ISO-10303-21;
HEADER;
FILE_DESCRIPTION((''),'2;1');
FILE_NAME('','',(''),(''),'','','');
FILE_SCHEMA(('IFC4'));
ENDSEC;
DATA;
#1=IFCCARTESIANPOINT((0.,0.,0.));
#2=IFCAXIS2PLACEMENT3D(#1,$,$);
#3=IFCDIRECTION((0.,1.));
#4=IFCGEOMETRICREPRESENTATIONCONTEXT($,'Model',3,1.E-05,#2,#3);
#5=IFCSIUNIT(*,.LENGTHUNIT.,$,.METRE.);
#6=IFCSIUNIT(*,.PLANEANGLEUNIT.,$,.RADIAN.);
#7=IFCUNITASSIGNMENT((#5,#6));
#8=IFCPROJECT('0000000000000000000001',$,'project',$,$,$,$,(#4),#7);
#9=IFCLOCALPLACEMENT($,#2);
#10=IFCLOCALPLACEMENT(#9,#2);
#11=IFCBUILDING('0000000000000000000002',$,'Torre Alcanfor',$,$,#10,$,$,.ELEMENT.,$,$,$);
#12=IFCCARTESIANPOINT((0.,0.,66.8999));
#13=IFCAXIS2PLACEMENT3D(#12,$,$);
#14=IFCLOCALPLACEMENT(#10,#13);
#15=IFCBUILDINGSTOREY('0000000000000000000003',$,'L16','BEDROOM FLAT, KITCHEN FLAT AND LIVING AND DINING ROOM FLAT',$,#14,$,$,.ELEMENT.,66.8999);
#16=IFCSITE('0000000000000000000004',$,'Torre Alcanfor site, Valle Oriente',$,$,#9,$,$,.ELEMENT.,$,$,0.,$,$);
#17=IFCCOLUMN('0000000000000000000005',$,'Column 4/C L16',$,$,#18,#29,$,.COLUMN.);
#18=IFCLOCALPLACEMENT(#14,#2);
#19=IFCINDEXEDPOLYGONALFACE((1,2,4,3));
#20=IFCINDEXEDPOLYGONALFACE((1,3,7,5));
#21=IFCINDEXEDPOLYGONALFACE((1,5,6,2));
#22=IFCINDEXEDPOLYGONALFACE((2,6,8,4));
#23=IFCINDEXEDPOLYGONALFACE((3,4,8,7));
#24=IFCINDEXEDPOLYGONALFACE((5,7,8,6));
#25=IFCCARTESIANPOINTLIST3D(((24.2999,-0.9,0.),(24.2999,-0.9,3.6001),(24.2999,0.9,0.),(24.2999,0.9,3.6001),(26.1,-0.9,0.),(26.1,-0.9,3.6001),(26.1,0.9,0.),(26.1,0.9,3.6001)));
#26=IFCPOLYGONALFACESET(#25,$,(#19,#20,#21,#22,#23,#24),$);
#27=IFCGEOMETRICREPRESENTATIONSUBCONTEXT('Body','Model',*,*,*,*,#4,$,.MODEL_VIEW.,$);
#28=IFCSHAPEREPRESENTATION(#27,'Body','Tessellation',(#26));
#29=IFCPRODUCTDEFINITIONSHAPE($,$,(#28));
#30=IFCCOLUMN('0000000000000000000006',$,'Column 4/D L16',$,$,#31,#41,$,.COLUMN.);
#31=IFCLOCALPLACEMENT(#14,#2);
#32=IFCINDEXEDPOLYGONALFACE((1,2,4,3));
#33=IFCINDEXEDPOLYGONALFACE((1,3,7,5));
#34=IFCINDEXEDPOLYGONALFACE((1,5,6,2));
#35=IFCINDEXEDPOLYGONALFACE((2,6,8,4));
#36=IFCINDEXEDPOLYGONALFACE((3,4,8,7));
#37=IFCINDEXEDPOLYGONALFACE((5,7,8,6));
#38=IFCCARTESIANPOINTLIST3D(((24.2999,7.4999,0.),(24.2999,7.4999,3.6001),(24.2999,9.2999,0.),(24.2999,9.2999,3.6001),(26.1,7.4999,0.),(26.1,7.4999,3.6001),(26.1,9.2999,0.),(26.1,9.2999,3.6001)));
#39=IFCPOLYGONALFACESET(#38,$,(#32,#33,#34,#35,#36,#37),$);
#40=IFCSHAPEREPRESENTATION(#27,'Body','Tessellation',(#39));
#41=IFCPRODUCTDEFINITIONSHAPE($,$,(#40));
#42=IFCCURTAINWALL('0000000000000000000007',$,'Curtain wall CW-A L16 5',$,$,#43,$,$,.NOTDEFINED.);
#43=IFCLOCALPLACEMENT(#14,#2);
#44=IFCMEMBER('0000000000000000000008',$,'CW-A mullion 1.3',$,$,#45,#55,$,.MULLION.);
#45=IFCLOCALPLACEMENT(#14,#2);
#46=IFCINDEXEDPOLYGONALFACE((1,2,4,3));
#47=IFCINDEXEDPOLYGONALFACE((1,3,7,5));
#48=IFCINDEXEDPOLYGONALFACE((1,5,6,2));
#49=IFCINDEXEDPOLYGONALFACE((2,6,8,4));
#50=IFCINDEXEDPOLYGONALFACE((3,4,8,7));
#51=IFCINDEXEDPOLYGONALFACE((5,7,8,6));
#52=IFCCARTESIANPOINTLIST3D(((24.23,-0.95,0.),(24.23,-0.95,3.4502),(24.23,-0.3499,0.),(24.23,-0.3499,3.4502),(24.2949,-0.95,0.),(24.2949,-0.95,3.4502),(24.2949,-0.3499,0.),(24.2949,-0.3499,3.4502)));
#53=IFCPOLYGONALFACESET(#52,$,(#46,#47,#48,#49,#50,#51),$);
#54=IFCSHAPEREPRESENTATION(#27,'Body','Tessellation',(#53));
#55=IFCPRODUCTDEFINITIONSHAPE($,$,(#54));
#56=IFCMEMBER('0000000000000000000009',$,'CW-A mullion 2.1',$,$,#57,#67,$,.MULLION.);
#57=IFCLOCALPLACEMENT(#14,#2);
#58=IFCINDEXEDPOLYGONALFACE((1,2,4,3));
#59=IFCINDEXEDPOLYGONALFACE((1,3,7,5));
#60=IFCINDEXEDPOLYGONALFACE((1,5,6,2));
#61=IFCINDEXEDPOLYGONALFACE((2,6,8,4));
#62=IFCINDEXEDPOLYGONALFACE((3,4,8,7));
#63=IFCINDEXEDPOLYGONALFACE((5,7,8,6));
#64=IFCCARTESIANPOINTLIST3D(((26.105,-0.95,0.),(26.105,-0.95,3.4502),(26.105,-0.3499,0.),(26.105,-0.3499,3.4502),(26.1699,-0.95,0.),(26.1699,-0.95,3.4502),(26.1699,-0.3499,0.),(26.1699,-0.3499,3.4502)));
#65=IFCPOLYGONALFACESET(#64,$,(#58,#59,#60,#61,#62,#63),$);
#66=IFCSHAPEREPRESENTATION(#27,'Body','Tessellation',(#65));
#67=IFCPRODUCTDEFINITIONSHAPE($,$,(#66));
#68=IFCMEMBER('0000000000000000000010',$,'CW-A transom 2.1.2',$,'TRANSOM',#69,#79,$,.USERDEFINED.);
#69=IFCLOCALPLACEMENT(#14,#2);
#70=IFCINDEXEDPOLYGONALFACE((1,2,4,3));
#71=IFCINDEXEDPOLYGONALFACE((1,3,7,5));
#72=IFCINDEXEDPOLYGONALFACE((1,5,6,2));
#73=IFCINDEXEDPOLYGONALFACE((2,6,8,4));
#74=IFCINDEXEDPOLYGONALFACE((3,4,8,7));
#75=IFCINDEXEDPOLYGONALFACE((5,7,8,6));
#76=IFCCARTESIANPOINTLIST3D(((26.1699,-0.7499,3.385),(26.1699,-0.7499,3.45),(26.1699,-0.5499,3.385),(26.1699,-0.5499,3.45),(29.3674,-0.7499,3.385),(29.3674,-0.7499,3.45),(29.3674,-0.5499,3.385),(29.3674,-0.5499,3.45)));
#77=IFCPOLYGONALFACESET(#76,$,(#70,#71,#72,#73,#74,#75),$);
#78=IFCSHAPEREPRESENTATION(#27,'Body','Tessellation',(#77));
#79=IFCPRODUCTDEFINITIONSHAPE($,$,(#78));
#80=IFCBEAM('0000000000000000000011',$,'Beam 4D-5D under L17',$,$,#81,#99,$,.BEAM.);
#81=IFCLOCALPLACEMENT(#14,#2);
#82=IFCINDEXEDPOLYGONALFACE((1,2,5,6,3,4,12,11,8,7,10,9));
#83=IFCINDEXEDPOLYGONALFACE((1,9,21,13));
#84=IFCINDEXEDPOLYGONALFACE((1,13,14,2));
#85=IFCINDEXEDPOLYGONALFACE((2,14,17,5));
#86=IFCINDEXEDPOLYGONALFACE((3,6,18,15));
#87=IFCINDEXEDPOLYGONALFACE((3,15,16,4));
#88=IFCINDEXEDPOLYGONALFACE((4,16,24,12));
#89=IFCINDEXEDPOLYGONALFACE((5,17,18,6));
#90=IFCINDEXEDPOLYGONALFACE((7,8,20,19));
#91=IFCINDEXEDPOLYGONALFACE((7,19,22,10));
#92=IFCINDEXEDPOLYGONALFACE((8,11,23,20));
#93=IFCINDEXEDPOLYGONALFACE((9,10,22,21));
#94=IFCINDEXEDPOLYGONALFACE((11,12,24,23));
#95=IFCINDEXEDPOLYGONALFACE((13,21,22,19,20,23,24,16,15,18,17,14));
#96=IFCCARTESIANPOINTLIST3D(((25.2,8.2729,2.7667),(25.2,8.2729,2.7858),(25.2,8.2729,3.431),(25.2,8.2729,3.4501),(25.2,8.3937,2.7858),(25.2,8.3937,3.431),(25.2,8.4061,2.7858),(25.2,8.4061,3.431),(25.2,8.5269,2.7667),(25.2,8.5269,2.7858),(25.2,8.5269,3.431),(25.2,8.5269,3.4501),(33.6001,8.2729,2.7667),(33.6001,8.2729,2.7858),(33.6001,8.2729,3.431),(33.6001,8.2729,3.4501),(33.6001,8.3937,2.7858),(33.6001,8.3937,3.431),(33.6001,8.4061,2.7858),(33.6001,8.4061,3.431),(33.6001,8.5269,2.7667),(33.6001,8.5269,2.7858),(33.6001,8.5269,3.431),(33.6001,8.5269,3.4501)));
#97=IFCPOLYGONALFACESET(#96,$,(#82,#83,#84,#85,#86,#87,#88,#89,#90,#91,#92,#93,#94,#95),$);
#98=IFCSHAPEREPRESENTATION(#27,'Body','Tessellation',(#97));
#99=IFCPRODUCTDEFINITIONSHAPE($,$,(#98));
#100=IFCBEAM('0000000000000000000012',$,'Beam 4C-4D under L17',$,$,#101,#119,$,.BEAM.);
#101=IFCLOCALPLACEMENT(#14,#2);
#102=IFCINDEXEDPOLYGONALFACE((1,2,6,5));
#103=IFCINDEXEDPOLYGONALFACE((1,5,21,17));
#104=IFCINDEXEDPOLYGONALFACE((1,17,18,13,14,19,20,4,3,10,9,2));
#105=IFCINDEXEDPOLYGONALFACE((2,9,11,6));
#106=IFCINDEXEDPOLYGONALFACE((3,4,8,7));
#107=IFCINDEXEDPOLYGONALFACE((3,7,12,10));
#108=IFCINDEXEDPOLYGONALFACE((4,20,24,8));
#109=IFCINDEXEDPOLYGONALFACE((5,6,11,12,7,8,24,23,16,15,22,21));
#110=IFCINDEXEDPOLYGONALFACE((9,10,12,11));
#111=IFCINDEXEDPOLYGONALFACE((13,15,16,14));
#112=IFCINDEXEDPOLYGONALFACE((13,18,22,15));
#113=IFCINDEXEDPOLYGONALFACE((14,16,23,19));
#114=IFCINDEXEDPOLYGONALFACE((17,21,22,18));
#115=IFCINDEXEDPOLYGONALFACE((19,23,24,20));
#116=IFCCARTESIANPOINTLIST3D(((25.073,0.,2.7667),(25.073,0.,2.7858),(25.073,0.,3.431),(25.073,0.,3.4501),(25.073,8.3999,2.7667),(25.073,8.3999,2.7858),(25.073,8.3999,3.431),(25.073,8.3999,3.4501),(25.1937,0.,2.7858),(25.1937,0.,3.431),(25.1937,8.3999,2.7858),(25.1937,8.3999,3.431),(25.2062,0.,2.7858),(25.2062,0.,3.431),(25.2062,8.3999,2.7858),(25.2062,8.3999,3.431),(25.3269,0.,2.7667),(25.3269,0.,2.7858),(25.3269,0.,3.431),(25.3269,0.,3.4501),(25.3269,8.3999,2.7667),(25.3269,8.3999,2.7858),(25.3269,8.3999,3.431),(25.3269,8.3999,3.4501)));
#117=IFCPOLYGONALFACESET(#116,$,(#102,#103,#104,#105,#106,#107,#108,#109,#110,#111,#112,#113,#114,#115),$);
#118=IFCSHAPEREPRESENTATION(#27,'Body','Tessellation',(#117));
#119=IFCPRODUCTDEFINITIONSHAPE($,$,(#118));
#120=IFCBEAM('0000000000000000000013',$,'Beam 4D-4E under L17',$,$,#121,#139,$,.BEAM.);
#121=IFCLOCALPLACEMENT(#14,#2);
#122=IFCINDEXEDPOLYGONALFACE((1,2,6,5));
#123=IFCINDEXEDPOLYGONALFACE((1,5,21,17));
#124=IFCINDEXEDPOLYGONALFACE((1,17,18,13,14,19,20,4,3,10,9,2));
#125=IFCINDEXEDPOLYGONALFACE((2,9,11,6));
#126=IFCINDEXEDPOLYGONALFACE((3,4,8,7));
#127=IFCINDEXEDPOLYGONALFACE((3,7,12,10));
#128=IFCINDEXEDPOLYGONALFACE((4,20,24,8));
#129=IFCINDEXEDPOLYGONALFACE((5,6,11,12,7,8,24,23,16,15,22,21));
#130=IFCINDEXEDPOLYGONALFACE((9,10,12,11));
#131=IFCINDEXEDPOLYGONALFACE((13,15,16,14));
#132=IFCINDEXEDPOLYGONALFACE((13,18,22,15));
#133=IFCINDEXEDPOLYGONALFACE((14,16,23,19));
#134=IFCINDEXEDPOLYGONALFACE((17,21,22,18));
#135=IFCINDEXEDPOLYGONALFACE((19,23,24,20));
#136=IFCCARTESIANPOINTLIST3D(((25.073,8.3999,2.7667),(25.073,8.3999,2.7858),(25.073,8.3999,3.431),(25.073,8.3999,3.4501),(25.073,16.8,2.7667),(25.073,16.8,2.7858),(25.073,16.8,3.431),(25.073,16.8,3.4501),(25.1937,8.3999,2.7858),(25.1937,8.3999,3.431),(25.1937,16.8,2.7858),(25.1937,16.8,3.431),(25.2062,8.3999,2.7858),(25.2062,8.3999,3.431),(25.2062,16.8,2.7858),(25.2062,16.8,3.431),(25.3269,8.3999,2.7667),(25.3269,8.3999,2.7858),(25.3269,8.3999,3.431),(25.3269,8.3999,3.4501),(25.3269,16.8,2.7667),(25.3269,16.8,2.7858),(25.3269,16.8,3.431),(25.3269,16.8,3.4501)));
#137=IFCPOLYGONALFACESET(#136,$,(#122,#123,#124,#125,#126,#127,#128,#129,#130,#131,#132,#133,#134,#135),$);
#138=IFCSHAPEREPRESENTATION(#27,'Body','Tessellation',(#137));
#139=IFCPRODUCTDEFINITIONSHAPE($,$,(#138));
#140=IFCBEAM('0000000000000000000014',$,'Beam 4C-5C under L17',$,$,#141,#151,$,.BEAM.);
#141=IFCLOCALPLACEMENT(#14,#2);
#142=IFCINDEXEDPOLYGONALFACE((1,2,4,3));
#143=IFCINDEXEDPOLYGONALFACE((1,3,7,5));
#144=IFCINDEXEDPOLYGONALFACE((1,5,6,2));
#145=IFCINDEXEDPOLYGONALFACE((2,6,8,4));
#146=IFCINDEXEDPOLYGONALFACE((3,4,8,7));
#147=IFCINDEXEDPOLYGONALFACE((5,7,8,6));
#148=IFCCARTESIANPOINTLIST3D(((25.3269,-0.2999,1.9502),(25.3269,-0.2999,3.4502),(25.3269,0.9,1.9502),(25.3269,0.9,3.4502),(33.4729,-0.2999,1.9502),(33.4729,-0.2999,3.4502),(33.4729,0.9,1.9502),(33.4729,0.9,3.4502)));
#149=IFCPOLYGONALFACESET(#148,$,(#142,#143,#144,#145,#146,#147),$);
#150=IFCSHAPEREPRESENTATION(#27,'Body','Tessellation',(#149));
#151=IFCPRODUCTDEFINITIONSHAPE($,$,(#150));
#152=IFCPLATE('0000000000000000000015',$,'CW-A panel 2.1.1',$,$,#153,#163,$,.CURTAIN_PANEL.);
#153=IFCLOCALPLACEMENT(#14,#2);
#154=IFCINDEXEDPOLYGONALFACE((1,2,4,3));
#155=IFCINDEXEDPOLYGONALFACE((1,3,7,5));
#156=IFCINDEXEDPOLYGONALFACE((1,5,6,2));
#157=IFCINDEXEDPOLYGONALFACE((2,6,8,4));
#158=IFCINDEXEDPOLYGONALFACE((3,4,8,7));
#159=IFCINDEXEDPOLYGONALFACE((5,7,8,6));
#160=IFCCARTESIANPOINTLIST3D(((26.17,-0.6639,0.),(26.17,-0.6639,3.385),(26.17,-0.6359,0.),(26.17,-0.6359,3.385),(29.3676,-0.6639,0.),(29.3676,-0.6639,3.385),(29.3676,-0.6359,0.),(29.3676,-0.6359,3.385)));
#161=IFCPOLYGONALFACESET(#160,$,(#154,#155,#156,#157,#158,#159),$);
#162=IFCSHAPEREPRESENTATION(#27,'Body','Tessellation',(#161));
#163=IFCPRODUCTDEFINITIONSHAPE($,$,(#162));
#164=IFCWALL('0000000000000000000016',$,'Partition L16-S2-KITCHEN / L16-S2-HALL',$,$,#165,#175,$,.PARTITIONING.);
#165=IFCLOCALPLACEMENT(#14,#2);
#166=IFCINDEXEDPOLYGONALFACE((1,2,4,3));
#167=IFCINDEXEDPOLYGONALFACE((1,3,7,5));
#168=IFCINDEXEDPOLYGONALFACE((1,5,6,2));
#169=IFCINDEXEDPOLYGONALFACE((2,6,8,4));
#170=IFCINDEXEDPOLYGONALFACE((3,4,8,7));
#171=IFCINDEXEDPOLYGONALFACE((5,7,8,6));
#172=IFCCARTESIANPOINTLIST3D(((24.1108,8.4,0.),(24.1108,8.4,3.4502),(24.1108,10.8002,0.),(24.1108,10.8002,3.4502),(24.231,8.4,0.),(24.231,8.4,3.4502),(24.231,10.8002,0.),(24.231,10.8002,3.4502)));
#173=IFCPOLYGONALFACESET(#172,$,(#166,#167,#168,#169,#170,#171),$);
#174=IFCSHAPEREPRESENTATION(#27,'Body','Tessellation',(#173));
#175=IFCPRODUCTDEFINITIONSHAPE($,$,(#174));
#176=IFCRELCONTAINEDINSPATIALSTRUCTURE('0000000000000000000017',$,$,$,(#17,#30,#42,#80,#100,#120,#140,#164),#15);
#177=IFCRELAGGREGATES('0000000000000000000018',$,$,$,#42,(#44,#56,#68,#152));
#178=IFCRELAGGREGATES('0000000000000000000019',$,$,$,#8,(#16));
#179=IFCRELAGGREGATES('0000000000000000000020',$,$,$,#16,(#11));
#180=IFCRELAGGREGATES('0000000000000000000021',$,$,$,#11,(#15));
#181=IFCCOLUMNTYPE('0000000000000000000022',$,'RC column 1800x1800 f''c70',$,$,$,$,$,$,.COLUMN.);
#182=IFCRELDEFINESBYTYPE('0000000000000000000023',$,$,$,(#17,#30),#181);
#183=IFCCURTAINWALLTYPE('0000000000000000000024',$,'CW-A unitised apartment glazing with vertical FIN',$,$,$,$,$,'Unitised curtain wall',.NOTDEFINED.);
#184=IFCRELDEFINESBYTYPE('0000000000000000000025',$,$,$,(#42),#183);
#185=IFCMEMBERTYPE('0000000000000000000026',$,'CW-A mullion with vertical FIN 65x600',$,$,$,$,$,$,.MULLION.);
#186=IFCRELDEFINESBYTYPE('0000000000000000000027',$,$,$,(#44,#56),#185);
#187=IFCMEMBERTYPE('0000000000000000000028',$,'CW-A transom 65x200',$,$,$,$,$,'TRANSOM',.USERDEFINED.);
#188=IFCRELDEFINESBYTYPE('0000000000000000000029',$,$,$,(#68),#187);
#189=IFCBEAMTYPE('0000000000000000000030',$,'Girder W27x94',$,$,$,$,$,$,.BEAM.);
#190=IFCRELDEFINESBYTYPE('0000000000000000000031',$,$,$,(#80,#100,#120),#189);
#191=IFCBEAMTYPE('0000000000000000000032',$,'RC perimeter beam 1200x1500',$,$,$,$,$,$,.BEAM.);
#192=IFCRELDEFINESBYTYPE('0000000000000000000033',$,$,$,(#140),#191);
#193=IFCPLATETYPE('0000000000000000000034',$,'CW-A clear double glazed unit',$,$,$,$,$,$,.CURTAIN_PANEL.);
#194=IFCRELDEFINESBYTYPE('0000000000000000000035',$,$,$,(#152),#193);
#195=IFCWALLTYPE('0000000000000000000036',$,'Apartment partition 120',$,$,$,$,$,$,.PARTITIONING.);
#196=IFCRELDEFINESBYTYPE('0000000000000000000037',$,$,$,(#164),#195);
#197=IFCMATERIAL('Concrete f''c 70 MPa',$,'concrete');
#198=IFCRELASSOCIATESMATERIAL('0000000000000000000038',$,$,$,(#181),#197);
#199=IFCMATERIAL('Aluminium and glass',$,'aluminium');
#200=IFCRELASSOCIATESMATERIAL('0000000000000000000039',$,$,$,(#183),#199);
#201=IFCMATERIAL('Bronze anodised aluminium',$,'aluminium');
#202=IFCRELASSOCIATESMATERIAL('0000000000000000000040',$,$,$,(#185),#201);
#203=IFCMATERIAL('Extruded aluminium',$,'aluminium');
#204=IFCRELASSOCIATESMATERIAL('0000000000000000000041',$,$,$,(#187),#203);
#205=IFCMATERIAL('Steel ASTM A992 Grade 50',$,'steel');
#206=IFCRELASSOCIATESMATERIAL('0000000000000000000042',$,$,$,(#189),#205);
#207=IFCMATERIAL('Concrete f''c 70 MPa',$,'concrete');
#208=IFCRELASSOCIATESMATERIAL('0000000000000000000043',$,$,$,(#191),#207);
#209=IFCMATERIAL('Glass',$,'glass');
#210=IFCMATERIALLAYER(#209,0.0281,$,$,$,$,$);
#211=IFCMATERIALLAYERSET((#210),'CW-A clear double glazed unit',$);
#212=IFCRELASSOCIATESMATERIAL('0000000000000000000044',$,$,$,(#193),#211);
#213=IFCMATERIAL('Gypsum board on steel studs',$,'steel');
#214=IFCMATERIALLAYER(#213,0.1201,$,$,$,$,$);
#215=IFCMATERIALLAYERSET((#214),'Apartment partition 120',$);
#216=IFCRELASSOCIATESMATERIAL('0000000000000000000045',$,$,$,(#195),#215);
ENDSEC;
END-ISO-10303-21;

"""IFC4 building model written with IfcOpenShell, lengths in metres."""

from ifc_helpers import new_model, si_unit, direction, frame, frame_2d, origin, origin_2d, place, context, subcontext, project, spatial, rectangle, i_section, extrude, material, layer, layer_set, material_profile, profile_set, type_object, element, aggregate, save


model = new_model("IFC4")

# Units and contexts
model_context = context("Model", 3, precision=1e-05, world=origin(), true_north=direction((0.0, 1.0)))
body_context = subcontext(model_context, "Body", "Model", "MODEL_VIEW")
ifc_project = project(units=[si_unit("LENGTHUNIT", "METRE"), si_unit("PLANEANGLEUNIT", "RADIAN")], contexts=[model_context])

# Site, building, storey
site_placement = place(None, origin())
site = spatial("IfcSite", under=ifc_project, at=site_placement, Name="Torre Alcanfor site, Valle Oriente", CompositionType="ELEMENT", RefElevation=0.0)
building_placement = place(site_placement, origin())
building = spatial("IfcBuilding", under=site, at=building_placement, Name="Torre Alcanfor", CompositionType="ELEMENT")
storey_placement = place(building_placement, frame((0.0, 0.0, 66.8999)))
storey = spatial("IfcBuildingStorey", under=building, at=storey_placement, Name="L16", Description="BEDROOM FLAT, KITCHEN FLAT AND LIVING AND DINING ROOM FLAT", CompositionType="ELEMENT", Elevation=66.8999)

# Columns
ifc_material_1 = material(Name="Concrete f'c 70 MPa", Category="concrete")
ifc_material_profile_1 = material_profile(ifc_material_1, rectangle(XDim=1.8, YDim=1.8, at=origin_2d()), Name="1800x1800")
ifc_profile_set_1 = profile_set([ifc_material_profile_1], Name="Concrete f'c 70 MPa")
column_type = type_object("IfcColumnType", Name="RC column 1800x1800 f'c70", PredefinedType="COLUMN", material=ifc_profile_set_1)
for number, where, z_axis, x_axis, name in (
    (1, (25.2, 0.0, 0.0), (0.0, 0.0, 1.0), (1.0, 0.0, 0.0), "Column 4/C L16"),
    (2, (25.2, 8.3999, 0.0), (0.0, 0.0, 1.0), (1.0, 0.0, 0.0), "Column 4/D L16"),
):
    element("IfcColumn", number, at=place(storey_placement, frame(where, z_axis=z_axis, x_axis=x_axis)), inside=storey, type_object=column_type, Name=name, PredefinedType="COLUMN", context=body_context, shape_type="SweptSolid", body=[
        extrude(rectangle(XDim=1.8, YDim=1.8, at=origin_2d()), origin(), (0.0, 0.0, 1.0), 3.6001),
    ])

# Curtain wall, members
ifc_material_2 = material(Name="Aluminium and glass", Category="aluminium")
curtain_wall_type = type_object("IfcCurtainWallType", Name="CW-A unitised apartment glazing with vertical FIN", ElementType="Unitised curtain wall", PredefinedType="NOTDEFINED", material=ifc_material_2)
curtain_wall_placement = place(storey_placement, origin())
curtain_wall = element("IfcCurtainWall", 3, at=curtain_wall_placement, inside=storey, type_object=curtain_wall_type, Name="Curtain wall CW-A L16 5", PredefinedType="NOTDEFINED")
ifc_material_3 = material(Name="Bronze anodised aluminium", Category="aluminium")
ifc_material_profile_2 = material_profile(ifc_material_3, rectangle(XDim=0.6001, YDim=0.0649, at=origin_2d()), Name="CW-A mullion 65x600")
ifc_profile_set_2 = profile_set([ifc_material_profile_2], Name="Bronze anodised aluminium")
member_type_1 = type_object("IfcMemberType", Name="CW-A mullion with vertical FIN 65x600", PredefinedType="MULLION", material=ifc_profile_set_2)
member_1_placement = place(storey_placement, frame((24.2625, -0.6499, 0.0), z_axis=(0.0, 0.0, 1.0), x_axis=(0.0, 1.0, 0.0)))
member_1 = element("IfcMember", 4, at=member_1_placement, type_object=member_type_1, Name="CW-A mullion 1.3", PredefinedType="MULLION", context=body_context, shape_type="SweptSolid", body=[
    extrude(rectangle(XDim=0.6001, YDim=0.0649, at=origin_2d()), origin(), (0.0, 0.0, 1.0), 3.4502),
])
member_2_placement = place(storey_placement, frame((26.1375, -0.6499, 0.0), z_axis=(0.0, 0.0, 1.0), x_axis=(0.0, 1.0, 0.0)))
member_2 = element("IfcMember", 5, at=member_2_placement, type_object=member_type_1, Name="CW-A mullion 2.1", PredefinedType="MULLION", context=body_context, shape_type="SweptSolid", body=[
    extrude(rectangle(XDim=0.6001, YDim=0.0649, at=origin_2d()), origin(), (0.0, 0.0, 1.0), 3.4502),
])
ifc_material_4 = material(Name="Extruded aluminium", Category="aluminium")
ifc_material_profile_3 = material_profile(ifc_material_4, rectangle(XDim=0.2, YDim=0.0649, at=origin_2d()), Name="CW-A transom 200x65")
ifc_profile_set_3 = profile_set([ifc_material_profile_3], Name="Extruded aluminium")
member_type_2 = type_object("IfcMemberType", Name="CW-A transom 65x200", ElementType="TRANSOM", PredefinedType="USERDEFINED", material=ifc_profile_set_3)
member_3_placement = place(storey_placement, frame((26.1699, -0.6499, 3.4175), z_axis=(1.0, 0.0, 0.0), x_axis=(0.0, 1.0, 0.0)))
member_3 = element("IfcMember", 6, at=member_3_placement, type_object=member_type_2, Name="CW-A transom 2.1.2", ObjectType="TRANSOM", PredefinedType="USERDEFINED", context=body_context, shape_type="SweptSolid", body=[
    extrude(rectangle(XDim=0.2, YDim=0.0649, at=origin_2d()), origin(), (0.0, 0.0, 1.0), 3.1975),
])

# Beams
ifc_material_5 = material(Name="Steel ASTM A992 Grade 50", Category="steel")
ifc_material_profile_4 = material_profile(ifc_material_5, i_section(OverallWidth=0.2539, OverallDepth=0.6833, WebThickness=0.0125, FlangeThickness=0.019, at=origin_2d()), Name="W27x94")
ifc_profile_set_4 = profile_set([ifc_material_profile_4], Name="Steel ASTM A992 Grade 50")
beam_type_1 = type_object("IfcBeamType", Name="Girder W27x94", PredefinedType="BEAM", material=ifc_profile_set_4)
beam_1_placement = place(storey_placement, frame((25.2, 8.3999, 3.1084), z_axis=(1.0, 0.0, 0.0), x_axis=(0.0, 1.0, 0.0)))
element("IfcBeam", 7, at=beam_1_placement, inside=storey, type_object=beam_type_1, Name="Beam 4D-5D under L17", PredefinedType="BEAM", context=body_context, shape_type="SweptSolid", body=[
    extrude(i_section(OverallWidth=0.2539, OverallDepth=0.6833, WebThickness=0.0125, FlangeThickness=0.019, at=origin_2d()), origin(), (0.0, 0.0, 1.0), 8.4001),
])
beam_2_placement = place(storey_placement, frame((25.2, 0.0, 3.1084), z_axis=(0.0, 1.0, 0.0), x_axis=(-1.0, 0.0, 0.0)))
element("IfcBeam", 8, at=beam_2_placement, inside=storey, type_object=beam_type_1, Name="Beam 4C-4D under L17", PredefinedType="BEAM", context=body_context, shape_type="SweptSolid", body=[
    extrude(i_section(OverallWidth=0.2539, OverallDepth=0.6833, WebThickness=0.0125, FlangeThickness=0.019, at=origin_2d()), origin(), (0.0, 0.0, 1.0), 8.3999),
])
beam_3_placement = place(storey_placement, frame((25.2, 8.3999, 3.1084), z_axis=(0.0, 1.0, 0.0), x_axis=(-1.0, 0.0, 0.0)))
element("IfcBeam", 9, at=beam_3_placement, inside=storey, type_object=beam_type_1, Name="Beam 4D-4E under L17", PredefinedType="BEAM", context=body_context, shape_type="SweptSolid", body=[
    extrude(i_section(OverallWidth=0.2539, OverallDepth=0.6833, WebThickness=0.0125, FlangeThickness=0.019, at=origin_2d()), origin(), (0.0, 0.0, 1.0), 8.4001),
])
ifc_material_6 = material(Name="Concrete f'c 70 MPa", Category="concrete")
ifc_material_profile_5 = material_profile(ifc_material_6, rectangle(XDim=1.2, YDim=1.5, at=origin_2d()), Name="1200x1500")
ifc_profile_set_5 = profile_set([ifc_material_profile_5], Name="Concrete f'c 70 MPa")
beam_type_2 = type_object("IfcBeamType", Name="RC perimeter beam 1200x1500", PredefinedType="BEAM", material=ifc_profile_set_5)
beam_4_placement = place(storey_placement, frame((25.3269, 0.3, 2.7002), z_axis=(1.0, 0.0, 0.0), x_axis=(0.0, 1.0, 0.0)))
element("IfcBeam", 10, at=beam_4_placement, inside=storey, type_object=beam_type_2, Name="Beam 4C-5C under L17", PredefinedType="BEAM", context=body_context, shape_type="SweptSolid", body=[
    extrude(rectangle(XDim=1.2, YDim=1.5, at=origin_2d()), origin(), (0.0, 0.0, 1.0), 8.146),
])

# Plate
ifc_material_7 = material(Name="Glass", Category="glass")
ifc_layer_1 = layer(ifc_material_7, 0.0281)
ifc_layer_set_1 = layer_set([ifc_layer_1], Name="CW-A clear double glazed unit")
plate_type = type_object("IfcPlateType", Name="CW-A clear double glazed unit", PredefinedType="CURTAIN_PANEL", material=ifc_layer_set_1)
plate_placement = place(storey_placement, frame((27.7688, -0.6499, 0.0), z_axis=(0.0, 0.0, 1.0), x_axis=(1.0, 0.0, 0.0)))
plate = element("IfcPlate", 11, at=plate_placement, type_object=plate_type, Name="CW-A panel 2.1.1", PredefinedType="CURTAIN_PANEL", context=body_context, shape_type="SweptSolid", body=[
    extrude(rectangle(XDim=3.1975, YDim=0.0281, at=origin_2d()), origin(), (0.0, 0.0, 1.0), 3.385),
])
aggregate(curtain_wall, [member_1, member_2, member_3, plate])

# Wall
ifc_material_8 = material(Name="Gypsum board on steel studs", Category="steel")
ifc_layer_2 = layer(ifc_material_8, 0.1201)
ifc_layer_set_2 = layer_set([ifc_layer_2], Name="Apartment partition 120")
wall_type = type_object("IfcWallType", Name="Apartment partition 120", PredefinedType="PARTITIONING", material=ifc_layer_set_2)
wall_1_placement = place(storey_placement, frame((24.1709, 8.3999, 0.0), z_axis=(0.0, 0.0, 1.0), x_axis=(0.0, 1.0, 0.0)))
element("IfcWall", 12, at=wall_1_placement, inside=storey, type_object=wall_type, Name="Partition L16-S2-KITCHEN / L16-S2-HALL", PredefinedType="PARTITIONING", context=body_context, shape_type="SweptSolid", body=[
    extrude(rectangle(XDim=2.4001, YDim=0.1201, at=frame_2d((1.2002, 0.0))), origin(), (0.0, 0.0, 1.0), 3.4502),
])

save(model, "model.ifc")
